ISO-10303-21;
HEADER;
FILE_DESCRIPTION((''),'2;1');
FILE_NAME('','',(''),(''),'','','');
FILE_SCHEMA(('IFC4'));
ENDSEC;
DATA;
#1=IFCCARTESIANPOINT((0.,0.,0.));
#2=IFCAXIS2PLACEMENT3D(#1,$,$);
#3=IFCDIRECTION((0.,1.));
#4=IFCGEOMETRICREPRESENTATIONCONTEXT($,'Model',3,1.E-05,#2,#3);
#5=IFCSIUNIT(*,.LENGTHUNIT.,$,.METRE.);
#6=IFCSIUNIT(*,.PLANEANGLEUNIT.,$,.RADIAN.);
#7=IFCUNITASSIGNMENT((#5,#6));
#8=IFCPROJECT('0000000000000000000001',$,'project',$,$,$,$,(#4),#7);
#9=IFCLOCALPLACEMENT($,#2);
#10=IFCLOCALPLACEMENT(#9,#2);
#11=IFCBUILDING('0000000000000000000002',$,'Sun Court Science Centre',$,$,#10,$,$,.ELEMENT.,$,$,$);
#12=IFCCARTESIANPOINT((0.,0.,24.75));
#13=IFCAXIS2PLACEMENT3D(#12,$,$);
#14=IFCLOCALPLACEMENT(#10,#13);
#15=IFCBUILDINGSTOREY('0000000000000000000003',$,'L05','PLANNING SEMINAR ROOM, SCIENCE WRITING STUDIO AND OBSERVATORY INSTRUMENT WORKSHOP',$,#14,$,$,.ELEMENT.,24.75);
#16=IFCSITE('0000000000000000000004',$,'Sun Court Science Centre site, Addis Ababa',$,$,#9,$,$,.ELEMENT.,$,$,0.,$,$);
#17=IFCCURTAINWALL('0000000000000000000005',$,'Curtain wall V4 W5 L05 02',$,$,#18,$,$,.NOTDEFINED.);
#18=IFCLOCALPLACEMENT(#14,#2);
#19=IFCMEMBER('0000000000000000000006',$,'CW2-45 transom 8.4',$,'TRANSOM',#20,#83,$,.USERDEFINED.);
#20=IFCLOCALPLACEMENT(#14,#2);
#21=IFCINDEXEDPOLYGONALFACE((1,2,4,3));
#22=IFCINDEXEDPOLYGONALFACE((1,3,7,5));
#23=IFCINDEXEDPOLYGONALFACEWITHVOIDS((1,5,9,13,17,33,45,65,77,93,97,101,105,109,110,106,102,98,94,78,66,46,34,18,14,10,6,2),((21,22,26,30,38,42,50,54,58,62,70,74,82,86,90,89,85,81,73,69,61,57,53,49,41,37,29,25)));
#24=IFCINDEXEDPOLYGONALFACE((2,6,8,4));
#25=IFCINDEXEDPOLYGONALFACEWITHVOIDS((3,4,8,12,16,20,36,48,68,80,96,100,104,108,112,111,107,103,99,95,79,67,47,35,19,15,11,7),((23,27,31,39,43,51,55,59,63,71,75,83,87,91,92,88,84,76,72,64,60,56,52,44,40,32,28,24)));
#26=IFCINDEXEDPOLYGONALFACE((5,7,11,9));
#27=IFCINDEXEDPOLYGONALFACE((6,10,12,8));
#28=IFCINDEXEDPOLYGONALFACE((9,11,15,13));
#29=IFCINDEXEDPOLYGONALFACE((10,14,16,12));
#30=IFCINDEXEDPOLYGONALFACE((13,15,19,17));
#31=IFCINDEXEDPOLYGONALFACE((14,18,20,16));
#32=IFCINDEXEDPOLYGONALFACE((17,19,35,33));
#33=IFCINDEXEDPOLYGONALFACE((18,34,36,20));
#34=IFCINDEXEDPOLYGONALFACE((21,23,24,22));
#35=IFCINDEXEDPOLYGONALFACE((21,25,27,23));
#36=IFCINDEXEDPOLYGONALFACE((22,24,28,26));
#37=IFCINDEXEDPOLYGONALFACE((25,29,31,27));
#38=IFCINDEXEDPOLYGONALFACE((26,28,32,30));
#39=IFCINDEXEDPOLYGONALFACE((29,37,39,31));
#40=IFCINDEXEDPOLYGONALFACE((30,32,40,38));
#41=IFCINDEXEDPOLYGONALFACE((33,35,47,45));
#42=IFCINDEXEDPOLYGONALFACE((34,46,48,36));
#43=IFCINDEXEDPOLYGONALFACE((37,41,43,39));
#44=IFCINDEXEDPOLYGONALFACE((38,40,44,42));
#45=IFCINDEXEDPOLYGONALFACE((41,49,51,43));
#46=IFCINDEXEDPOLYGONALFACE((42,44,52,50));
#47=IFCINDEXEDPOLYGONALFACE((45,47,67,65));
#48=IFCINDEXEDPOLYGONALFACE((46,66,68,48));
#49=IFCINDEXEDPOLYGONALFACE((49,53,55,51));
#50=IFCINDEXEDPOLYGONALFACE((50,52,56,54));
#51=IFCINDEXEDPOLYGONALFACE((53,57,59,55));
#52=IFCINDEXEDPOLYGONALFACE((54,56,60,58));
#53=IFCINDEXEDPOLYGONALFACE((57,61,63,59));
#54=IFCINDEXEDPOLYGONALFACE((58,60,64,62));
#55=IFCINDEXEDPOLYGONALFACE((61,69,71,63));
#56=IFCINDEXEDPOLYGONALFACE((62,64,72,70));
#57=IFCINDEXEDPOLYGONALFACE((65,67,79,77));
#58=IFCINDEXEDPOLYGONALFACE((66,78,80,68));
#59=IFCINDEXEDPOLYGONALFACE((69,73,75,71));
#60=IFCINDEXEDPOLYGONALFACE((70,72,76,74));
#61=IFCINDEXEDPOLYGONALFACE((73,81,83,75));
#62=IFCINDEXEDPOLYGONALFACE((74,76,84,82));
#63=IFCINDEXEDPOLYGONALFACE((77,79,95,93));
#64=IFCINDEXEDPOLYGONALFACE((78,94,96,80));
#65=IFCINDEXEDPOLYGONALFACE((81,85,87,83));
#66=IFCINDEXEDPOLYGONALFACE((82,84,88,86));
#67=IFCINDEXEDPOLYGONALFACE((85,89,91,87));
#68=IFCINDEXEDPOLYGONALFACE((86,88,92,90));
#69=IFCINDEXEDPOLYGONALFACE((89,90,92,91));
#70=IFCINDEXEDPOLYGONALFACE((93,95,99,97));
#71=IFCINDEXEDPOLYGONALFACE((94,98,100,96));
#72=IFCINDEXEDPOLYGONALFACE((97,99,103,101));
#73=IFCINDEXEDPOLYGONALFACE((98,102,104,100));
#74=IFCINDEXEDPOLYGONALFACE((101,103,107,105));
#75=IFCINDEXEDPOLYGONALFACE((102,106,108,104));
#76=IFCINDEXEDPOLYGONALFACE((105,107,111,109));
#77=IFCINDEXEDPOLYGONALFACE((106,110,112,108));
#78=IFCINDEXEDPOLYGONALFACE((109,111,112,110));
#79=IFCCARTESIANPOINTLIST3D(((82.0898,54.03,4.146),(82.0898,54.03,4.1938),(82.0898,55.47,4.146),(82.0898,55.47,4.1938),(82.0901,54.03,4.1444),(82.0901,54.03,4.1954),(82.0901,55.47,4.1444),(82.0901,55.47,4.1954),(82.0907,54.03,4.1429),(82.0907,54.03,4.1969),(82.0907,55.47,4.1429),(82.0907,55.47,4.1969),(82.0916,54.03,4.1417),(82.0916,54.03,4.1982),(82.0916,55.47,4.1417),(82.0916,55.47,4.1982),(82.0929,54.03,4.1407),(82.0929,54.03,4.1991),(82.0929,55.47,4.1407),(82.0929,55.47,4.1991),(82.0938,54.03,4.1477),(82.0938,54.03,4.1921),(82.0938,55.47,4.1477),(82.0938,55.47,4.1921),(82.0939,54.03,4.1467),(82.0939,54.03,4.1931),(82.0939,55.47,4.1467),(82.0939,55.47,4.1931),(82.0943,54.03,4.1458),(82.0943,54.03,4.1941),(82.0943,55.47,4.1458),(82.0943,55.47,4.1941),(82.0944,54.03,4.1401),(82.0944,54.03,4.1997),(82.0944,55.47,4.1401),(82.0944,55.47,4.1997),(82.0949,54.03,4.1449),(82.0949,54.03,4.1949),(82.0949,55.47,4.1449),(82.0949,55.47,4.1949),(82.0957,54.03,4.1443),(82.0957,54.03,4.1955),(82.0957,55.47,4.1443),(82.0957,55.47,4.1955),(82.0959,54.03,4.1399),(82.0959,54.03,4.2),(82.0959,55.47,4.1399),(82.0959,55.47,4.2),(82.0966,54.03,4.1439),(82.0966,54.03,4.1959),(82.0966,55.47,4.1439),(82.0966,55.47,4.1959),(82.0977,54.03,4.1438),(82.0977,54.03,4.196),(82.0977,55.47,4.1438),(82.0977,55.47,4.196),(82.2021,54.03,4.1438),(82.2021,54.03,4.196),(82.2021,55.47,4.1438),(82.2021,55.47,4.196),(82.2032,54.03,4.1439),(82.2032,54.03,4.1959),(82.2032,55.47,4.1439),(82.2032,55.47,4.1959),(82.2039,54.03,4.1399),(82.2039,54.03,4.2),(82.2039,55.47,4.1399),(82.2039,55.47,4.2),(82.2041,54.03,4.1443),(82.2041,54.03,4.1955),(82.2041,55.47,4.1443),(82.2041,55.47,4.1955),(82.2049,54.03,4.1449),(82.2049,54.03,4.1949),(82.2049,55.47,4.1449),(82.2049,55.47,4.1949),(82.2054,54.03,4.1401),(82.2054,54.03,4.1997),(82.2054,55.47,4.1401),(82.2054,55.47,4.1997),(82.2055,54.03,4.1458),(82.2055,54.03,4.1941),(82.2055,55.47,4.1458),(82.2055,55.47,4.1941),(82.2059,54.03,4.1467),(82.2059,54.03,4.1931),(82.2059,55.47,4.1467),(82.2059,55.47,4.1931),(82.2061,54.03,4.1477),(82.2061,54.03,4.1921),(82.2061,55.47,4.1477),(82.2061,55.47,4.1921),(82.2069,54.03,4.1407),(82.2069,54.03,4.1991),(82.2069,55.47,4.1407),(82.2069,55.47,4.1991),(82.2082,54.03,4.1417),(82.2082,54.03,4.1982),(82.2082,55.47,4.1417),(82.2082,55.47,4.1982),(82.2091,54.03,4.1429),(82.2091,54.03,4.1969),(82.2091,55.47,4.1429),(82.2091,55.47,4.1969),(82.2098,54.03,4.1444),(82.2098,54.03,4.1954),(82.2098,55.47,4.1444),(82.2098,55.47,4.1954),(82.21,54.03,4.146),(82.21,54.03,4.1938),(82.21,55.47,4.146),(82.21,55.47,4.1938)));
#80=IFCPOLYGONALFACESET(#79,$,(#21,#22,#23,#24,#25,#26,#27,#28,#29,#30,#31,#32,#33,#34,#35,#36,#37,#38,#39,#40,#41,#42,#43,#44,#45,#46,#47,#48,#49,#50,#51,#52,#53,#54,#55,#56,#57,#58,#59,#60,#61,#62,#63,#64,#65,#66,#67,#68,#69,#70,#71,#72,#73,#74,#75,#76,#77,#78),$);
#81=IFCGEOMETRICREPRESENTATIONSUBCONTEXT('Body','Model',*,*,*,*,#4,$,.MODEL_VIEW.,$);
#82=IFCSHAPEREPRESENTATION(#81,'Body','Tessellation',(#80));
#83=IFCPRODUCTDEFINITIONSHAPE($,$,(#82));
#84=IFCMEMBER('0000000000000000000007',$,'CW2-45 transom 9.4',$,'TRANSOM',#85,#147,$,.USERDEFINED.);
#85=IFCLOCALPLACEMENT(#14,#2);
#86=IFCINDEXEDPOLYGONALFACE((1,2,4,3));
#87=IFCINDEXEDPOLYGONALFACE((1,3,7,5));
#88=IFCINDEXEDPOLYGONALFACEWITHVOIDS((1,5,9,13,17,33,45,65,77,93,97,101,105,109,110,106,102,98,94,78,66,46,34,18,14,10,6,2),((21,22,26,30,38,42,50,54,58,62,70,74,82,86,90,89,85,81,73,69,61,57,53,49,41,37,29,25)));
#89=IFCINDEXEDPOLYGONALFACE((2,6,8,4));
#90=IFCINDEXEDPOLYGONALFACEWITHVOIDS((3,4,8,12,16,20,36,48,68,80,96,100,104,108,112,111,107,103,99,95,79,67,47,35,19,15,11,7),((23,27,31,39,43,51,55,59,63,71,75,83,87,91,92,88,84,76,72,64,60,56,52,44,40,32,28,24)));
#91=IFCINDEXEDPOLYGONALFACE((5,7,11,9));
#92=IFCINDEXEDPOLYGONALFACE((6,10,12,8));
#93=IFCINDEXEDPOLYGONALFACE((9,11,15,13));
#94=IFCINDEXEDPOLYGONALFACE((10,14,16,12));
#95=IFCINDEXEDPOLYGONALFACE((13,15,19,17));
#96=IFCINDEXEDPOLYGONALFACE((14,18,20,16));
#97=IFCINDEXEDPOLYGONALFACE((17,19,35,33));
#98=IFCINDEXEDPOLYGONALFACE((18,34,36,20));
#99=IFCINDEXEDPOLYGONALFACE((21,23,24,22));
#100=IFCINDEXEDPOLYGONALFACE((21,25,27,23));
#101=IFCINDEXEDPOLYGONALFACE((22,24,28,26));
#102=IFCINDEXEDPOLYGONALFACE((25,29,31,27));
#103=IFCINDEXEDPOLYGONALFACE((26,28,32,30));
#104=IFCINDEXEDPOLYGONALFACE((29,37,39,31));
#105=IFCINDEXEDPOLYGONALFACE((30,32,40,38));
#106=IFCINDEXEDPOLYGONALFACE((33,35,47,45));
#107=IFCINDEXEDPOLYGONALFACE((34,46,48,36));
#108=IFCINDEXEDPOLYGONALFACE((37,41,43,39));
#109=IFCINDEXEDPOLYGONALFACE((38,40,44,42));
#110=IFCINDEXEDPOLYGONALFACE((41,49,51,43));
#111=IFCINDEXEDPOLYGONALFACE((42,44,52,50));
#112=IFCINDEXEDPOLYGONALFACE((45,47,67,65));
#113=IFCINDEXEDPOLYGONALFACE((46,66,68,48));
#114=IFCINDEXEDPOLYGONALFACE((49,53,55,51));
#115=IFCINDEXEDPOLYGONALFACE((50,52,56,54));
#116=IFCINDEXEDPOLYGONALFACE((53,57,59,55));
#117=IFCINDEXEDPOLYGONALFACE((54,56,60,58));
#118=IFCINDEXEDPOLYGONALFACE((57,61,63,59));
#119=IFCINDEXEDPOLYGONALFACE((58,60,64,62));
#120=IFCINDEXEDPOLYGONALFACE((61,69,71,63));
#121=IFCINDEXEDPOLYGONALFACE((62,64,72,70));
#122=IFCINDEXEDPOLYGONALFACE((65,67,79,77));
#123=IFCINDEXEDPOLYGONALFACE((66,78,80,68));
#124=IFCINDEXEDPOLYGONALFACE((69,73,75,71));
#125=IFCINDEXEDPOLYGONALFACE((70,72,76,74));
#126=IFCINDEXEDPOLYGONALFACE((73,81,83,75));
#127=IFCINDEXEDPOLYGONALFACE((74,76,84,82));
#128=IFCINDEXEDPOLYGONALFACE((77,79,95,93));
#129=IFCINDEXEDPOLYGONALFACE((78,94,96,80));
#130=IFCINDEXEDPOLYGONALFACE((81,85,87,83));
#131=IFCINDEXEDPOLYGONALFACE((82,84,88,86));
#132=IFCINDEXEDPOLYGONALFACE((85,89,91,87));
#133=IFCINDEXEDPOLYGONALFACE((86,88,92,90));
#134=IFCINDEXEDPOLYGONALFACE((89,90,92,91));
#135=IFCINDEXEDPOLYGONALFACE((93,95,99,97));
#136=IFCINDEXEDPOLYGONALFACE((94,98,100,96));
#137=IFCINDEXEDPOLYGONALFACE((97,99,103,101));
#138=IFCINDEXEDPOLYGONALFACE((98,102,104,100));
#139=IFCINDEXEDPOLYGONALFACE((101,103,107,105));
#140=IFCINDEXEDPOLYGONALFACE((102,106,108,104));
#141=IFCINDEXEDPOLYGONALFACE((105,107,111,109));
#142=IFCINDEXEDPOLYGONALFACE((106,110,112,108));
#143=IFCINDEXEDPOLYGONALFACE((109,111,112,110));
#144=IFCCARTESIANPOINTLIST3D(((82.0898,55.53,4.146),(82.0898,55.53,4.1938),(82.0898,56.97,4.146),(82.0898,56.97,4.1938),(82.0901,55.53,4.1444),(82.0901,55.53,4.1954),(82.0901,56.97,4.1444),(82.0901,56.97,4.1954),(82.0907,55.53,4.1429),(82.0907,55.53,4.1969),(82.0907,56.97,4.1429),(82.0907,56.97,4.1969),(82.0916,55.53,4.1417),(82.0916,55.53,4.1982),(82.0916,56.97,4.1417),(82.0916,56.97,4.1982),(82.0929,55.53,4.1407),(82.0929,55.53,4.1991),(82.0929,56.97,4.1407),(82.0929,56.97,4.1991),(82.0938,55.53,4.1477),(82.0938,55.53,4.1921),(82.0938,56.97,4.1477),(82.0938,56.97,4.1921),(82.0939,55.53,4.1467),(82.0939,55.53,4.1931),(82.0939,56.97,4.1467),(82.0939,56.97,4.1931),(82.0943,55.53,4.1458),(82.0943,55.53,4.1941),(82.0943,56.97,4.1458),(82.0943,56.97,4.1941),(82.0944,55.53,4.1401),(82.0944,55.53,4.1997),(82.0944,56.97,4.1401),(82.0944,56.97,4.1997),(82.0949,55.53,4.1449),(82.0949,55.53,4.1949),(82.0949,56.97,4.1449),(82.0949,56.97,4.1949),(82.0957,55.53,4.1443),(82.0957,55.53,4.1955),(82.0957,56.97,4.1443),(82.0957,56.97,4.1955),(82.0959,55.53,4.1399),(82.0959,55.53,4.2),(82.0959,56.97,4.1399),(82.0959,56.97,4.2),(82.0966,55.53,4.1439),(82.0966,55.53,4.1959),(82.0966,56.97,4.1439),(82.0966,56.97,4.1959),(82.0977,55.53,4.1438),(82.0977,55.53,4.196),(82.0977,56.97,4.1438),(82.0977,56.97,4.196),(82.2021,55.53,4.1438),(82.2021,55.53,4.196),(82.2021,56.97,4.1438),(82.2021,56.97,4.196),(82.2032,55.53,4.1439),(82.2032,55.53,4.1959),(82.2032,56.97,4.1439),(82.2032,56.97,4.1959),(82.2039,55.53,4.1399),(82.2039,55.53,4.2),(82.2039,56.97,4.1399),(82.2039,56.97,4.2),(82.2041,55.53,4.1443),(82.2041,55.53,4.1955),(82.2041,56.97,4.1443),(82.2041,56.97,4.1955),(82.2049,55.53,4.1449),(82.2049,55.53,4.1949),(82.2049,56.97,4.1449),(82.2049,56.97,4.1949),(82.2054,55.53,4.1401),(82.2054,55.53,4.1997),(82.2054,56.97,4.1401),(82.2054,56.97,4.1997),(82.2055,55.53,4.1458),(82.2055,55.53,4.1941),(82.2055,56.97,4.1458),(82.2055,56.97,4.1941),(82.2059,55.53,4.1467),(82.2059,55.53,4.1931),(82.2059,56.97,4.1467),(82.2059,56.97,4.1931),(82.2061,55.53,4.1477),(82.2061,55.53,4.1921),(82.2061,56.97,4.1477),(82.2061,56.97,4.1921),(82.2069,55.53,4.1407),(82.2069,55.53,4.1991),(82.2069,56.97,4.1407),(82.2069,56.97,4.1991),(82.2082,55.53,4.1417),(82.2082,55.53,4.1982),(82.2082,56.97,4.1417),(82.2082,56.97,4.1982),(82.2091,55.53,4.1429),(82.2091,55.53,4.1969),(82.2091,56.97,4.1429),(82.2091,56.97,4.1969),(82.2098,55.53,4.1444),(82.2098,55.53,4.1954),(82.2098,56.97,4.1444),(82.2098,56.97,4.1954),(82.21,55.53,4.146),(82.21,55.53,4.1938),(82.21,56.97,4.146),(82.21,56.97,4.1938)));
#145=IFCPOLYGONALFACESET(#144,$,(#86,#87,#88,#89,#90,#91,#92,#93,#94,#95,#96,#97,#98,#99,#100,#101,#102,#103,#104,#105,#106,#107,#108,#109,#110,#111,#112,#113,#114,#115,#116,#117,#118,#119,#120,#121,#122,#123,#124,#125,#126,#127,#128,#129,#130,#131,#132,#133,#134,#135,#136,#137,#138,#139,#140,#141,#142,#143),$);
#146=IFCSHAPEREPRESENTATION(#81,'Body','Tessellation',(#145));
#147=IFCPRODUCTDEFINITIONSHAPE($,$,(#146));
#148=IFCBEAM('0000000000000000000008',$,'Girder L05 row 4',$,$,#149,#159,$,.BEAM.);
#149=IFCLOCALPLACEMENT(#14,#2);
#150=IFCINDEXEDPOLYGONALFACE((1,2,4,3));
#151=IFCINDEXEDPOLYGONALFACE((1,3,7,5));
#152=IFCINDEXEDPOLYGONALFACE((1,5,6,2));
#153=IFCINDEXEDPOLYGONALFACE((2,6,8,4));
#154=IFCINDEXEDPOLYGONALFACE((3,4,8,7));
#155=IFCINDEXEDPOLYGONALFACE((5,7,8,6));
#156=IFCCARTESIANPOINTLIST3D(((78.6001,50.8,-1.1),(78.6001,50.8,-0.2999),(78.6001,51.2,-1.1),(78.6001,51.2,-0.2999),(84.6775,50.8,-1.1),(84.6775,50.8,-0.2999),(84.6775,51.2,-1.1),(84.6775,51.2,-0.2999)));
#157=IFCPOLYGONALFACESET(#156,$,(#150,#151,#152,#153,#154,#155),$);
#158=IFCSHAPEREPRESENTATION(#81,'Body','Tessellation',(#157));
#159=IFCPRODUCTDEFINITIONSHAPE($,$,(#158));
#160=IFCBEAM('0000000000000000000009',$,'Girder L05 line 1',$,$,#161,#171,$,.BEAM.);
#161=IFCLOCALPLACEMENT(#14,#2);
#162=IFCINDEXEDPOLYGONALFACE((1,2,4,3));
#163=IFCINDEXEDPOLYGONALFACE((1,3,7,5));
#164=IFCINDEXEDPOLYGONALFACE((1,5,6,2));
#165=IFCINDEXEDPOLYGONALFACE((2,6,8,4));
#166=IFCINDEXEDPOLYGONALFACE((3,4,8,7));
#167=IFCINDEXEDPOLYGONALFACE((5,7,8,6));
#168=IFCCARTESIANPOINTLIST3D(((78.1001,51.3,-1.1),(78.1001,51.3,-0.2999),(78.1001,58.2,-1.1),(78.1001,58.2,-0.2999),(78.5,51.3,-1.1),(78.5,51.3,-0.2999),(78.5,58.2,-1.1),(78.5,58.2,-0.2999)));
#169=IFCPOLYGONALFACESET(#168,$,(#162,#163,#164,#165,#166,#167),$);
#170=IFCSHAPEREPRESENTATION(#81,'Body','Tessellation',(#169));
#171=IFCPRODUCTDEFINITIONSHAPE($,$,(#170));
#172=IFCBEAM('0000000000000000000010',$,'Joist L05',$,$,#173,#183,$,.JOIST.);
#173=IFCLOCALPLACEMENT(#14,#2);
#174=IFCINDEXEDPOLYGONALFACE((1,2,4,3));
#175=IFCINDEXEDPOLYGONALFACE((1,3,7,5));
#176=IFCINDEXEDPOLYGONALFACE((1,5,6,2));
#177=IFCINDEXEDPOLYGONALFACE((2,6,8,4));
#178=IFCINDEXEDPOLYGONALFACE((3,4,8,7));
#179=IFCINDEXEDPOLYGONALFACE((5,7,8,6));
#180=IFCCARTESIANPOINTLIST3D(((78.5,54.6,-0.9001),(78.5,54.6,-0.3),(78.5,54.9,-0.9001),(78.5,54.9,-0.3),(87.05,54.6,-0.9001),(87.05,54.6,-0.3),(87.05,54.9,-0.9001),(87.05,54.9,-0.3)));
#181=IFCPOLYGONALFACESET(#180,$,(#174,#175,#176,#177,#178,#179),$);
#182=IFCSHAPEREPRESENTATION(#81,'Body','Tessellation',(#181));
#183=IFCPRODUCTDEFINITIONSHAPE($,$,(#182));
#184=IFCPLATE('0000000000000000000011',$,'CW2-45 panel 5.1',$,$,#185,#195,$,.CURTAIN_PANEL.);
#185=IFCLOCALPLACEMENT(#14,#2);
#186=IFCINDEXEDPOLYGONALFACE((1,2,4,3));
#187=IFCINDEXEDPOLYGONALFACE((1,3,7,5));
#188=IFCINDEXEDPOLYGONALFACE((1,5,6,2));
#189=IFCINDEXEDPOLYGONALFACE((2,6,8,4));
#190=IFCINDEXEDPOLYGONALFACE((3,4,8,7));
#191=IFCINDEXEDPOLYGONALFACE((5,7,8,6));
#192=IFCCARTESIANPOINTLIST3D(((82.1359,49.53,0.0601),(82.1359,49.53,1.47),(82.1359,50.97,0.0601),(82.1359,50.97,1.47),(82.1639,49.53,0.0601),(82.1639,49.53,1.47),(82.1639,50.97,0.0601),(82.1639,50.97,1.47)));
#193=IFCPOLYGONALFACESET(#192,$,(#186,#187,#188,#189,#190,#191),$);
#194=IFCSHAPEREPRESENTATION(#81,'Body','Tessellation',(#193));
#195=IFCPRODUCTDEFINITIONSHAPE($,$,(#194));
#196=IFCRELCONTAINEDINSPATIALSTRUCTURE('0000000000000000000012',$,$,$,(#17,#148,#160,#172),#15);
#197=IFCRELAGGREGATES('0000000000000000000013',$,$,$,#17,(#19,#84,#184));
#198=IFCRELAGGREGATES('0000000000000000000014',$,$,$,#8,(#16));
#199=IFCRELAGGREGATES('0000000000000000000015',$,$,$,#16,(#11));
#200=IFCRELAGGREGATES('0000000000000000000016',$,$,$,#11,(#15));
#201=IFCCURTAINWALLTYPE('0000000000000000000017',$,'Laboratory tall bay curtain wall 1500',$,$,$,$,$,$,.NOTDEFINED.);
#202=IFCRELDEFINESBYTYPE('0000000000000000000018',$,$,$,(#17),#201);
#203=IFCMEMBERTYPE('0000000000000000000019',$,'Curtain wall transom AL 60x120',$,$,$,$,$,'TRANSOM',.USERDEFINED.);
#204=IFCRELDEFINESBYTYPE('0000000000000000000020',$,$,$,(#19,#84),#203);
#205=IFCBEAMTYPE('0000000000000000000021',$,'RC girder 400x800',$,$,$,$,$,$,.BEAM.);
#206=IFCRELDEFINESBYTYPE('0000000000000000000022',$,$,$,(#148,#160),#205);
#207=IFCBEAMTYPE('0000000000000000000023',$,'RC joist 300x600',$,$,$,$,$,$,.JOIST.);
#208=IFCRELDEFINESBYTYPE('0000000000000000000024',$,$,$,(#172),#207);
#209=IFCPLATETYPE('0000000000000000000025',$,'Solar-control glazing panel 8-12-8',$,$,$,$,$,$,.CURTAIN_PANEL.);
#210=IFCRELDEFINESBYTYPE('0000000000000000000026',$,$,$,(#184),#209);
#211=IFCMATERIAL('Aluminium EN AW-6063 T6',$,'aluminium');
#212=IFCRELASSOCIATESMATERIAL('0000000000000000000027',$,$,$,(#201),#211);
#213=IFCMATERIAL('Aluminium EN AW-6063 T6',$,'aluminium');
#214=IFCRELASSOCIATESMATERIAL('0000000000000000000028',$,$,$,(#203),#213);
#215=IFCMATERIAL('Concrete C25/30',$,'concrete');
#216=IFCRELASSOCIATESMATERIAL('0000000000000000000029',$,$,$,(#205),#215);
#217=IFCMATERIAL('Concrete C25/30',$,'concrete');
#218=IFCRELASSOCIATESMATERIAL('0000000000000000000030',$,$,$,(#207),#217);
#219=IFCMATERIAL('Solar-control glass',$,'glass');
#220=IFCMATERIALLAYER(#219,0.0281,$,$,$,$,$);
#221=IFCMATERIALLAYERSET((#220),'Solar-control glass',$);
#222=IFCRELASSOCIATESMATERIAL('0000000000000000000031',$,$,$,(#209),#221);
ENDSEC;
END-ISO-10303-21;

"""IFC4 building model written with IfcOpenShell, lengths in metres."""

from ifc_helpers import new_model, si_unit, direction, frame, origin, origin_2d, place, context, subcontext, project, spatial, rectangle, hollow_rectangle, extrude, material, layer, layer_set, material_profile, profile_set, type_object, element, aggregate, save


model = new_model("IFC4")

# Units and contexts
model_context = context("Model", 3, precision=1e-05, world=origin(), true_north=direction((0.0, 1.0)))
body_context = subcontext(model_context, "Body", "Model", "MODEL_VIEW")
ifc_project = project(units=[si_unit("LENGTHUNIT", "METRE"), si_unit("PLANEANGLEUNIT", "RADIAN")], contexts=[model_context])

# Site, building, storey
site_placement = place(None, origin())
site = spatial("IfcSite", under=ifc_project, at=site_placement, Name="Sun Court Science Centre site, Addis Ababa", CompositionType="ELEMENT", RefElevation=0.0)
building_placement = place(site_placement, origin())
building = spatial("IfcBuilding", under=site, at=building_placement, Name="Sun Court Science Centre", CompositionType="ELEMENT")
storey_placement = place(building_placement, frame((0.0, 0.0, 24.75)))
storey = spatial("IfcBuildingStorey", under=building, at=storey_placement, Name="L05", Description="PLANNING SEMINAR ROOM, SCIENCE WRITING STUDIO AND OBSERVATORY INSTRUMENT WORKSHOP", CompositionType="ELEMENT", Elevation=24.75)

# Curtain wall, members
ifc_material_1 = material(Name="Aluminium EN AW-6063 T6", Category="aluminium")
curtain_wall_type = type_object("IfcCurtainWallType", Name="Laboratory tall bay curtain wall 1500", PredefinedType="NOTDEFINED", material=ifc_material_1)
curtain_wall_placement = place(storey_placement, origin())
curtain_wall = element("IfcCurtainWall", 1, at=curtain_wall_placement, inside=storey, type_object=curtain_wall_type, Name="Curtain wall V4 W5 L05 02", PredefinedType="NOTDEFINED")
ifc_material_2 = material(Name="Aluminium EN AW-6063 T6", Category="aluminium")
ifc_material_profile_1 = material_profile(ifc_material_2, hollow_rectangle(XDim=0.0601, YDim=0.1201, WallThickness=0.0039, InnerFilletRadius=0.0039, OuterFilletRadius=0.0061, at=origin_2d()), Name="AL 60x120x4")
ifc_profile_set_1 = profile_set([ifc_material_profile_1], Name="Aluminium EN AW-6063 T6")
member_type_1 = type_object("IfcMemberType", Name="Curtain wall transom AL 60x120", ElementType="TRANSOM", PredefinedType="USERDEFINED", material=ifc_profile_set_1)
member_1_placement = place(storey_placement, frame((82.1499, 54.03, 4.1699), z_axis=(0.0, 1.0, 0.0), x_axis=(0.0, 0.0, 1.0)))
member_1 = element("IfcMember", 2, at=member_1_placement, type_object=member_type_1, Name="CW2-45 transom 8.4", ObjectType="TRANSOM", PredefinedType="USERDEFINED", context=body_context, shape_type="SweptSolid", body=[
    extrude(hollow_rectangle(XDim=0.0601, YDim=0.1201, WallThickness=0.0039, InnerFilletRadius=0.0039, OuterFilletRadius=0.0061, at=origin_2d()), origin(), (0.0, 0.0, 1.0), 1.4399),
])
member_2_placement = place(storey_placement, frame((82.1499, 55.53, 4.1699), z_axis=(0.0, 1.0, 0.0), x_axis=(0.0, 0.0, 1.0)))
member_2 = element("IfcMember", 3, at=member_2_placement, type_object=member_type_1, Name="CW2-45 transom 9.4", ObjectType="TRANSOM", PredefinedType="USERDEFINED", context=body_context, shape_type="SweptSolid", body=[
    extrude(hollow_rectangle(XDim=0.0601, YDim=0.1201, WallThickness=0.0039, InnerFilletRadius=0.0039, OuterFilletRadius=0.0061, at=origin_2d()), origin(), (0.0, 0.0, 1.0), 1.4399),
])

# Beams
ifc_material_3 = material(Name="Concrete C25/30", Category="concrete")
ifc_material_profile_2 = material_profile(ifc_material_3, rectangle(XDim=0.3999, YDim=0.8, at=origin_2d()), Name="RC 400x800")
ifc_profile_set_2 = profile_set([ifc_material_profile_2], Name="Concrete C25/30")
beam_type_1 = type_object("IfcBeamType", Name="RC girder 400x800", PredefinedType="BEAM", material=ifc_profile_set_2)
beam_1_placement = place(storey_placement, frame((78.6001, 51.0, -0.7), z_axis=(1.0, 0.0, 0.0), x_axis=(0.0, 1.0, 0.0)))
element("IfcBeam", 4, at=beam_1_placement, inside=storey, type_object=beam_type_1, Name="Girder L05 row 4", PredefinedType="BEAM", context=body_context, shape_type="SweptSolid", body=[
    extrude(rectangle(XDim=0.3999, YDim=0.8, at=origin_2d()), origin(), (0.0, 0.0, 1.0), 6.0774),
])
beam_2_placement = place(storey_placement, frame((78.3, 51.3, -0.7), z_axis=(0.0, 1.0, 0.0), x_axis=(-1.0, 0.0, 0.0)))
element("IfcBeam", 5, at=beam_2_placement, inside=storey, type_object=beam_type_1, Name="Girder L05 line 1", PredefinedType="BEAM", context=body_context, shape_type="SweptSolid", body=[
    extrude(rectangle(XDim=0.3999, YDim=0.8, at=origin_2d()), origin(), (0.0, 0.0, 1.0), 6.8999),
])
ifc_material_4 = material(Name="Concrete C25/30", Category="concrete")
ifc_material_profile_3 = material_profile(ifc_material_4, rectangle(XDim=0.3, YDim=0.6001, at=origin_2d()), Name="RC 300x600")
ifc_profile_set_3 = profile_set([ifc_material_profile_3], Name="Concrete C25/30")
beam_type_2 = type_object("IfcBeamType", Name="RC joist 300x600", PredefinedType="JOIST", material=ifc_profile_set_3)
beam_3_placement = place(storey_placement, frame((78.5, 54.75, -0.6001), z_axis=(1.0, 0.0, 0.0), x_axis=(0.0, 1.0, 0.0)))
element("IfcBeam", 6, at=beam_3_placement, inside=storey, type_object=beam_type_2, Name="Joist L05", PredefinedType="JOIST", context=body_context, shape_type="SweptSolid", body=[
    extrude(rectangle(XDim=0.3, YDim=0.6001, at=origin_2d()), origin(), (0.0, 0.0, 1.0), 8.55),
])

# Plate
ifc_material_5 = material(Name="Solar-control glass", Category="glass")
ifc_layer = layer(ifc_material_5, 0.0281)
ifc_layer_set = layer_set([ifc_layer], Name="Solar-control glass")
plate_type = type_object("IfcPlateType", Name="Solar-control glazing panel 8-12-8", PredefinedType="CURTAIN_PANEL", material=ifc_layer_set)
plate_1_placement = place(storey_placement, frame((82.1499, 50.25, 0.0601), z_axis=(0.0, 0.0, 1.0), x_axis=(0.0, 1.0, 0.0)))
plate_1 = element("IfcPlate", 7, at=plate_1_placement, type_object=plate_type, Name="CW2-45 panel 5.1", PredefinedType="CURTAIN_PANEL", context=body_context, shape_type="SweptSolid", body=[
    extrude(rectangle(XDim=1.4399, YDim=0.0281, at=origin_2d()), origin(), (0.0, 0.0, 1.0), 1.4099),
])
aggregate(curtain_wall, [member_1, member_2, plate_1])

save(model, "model.ifc")
